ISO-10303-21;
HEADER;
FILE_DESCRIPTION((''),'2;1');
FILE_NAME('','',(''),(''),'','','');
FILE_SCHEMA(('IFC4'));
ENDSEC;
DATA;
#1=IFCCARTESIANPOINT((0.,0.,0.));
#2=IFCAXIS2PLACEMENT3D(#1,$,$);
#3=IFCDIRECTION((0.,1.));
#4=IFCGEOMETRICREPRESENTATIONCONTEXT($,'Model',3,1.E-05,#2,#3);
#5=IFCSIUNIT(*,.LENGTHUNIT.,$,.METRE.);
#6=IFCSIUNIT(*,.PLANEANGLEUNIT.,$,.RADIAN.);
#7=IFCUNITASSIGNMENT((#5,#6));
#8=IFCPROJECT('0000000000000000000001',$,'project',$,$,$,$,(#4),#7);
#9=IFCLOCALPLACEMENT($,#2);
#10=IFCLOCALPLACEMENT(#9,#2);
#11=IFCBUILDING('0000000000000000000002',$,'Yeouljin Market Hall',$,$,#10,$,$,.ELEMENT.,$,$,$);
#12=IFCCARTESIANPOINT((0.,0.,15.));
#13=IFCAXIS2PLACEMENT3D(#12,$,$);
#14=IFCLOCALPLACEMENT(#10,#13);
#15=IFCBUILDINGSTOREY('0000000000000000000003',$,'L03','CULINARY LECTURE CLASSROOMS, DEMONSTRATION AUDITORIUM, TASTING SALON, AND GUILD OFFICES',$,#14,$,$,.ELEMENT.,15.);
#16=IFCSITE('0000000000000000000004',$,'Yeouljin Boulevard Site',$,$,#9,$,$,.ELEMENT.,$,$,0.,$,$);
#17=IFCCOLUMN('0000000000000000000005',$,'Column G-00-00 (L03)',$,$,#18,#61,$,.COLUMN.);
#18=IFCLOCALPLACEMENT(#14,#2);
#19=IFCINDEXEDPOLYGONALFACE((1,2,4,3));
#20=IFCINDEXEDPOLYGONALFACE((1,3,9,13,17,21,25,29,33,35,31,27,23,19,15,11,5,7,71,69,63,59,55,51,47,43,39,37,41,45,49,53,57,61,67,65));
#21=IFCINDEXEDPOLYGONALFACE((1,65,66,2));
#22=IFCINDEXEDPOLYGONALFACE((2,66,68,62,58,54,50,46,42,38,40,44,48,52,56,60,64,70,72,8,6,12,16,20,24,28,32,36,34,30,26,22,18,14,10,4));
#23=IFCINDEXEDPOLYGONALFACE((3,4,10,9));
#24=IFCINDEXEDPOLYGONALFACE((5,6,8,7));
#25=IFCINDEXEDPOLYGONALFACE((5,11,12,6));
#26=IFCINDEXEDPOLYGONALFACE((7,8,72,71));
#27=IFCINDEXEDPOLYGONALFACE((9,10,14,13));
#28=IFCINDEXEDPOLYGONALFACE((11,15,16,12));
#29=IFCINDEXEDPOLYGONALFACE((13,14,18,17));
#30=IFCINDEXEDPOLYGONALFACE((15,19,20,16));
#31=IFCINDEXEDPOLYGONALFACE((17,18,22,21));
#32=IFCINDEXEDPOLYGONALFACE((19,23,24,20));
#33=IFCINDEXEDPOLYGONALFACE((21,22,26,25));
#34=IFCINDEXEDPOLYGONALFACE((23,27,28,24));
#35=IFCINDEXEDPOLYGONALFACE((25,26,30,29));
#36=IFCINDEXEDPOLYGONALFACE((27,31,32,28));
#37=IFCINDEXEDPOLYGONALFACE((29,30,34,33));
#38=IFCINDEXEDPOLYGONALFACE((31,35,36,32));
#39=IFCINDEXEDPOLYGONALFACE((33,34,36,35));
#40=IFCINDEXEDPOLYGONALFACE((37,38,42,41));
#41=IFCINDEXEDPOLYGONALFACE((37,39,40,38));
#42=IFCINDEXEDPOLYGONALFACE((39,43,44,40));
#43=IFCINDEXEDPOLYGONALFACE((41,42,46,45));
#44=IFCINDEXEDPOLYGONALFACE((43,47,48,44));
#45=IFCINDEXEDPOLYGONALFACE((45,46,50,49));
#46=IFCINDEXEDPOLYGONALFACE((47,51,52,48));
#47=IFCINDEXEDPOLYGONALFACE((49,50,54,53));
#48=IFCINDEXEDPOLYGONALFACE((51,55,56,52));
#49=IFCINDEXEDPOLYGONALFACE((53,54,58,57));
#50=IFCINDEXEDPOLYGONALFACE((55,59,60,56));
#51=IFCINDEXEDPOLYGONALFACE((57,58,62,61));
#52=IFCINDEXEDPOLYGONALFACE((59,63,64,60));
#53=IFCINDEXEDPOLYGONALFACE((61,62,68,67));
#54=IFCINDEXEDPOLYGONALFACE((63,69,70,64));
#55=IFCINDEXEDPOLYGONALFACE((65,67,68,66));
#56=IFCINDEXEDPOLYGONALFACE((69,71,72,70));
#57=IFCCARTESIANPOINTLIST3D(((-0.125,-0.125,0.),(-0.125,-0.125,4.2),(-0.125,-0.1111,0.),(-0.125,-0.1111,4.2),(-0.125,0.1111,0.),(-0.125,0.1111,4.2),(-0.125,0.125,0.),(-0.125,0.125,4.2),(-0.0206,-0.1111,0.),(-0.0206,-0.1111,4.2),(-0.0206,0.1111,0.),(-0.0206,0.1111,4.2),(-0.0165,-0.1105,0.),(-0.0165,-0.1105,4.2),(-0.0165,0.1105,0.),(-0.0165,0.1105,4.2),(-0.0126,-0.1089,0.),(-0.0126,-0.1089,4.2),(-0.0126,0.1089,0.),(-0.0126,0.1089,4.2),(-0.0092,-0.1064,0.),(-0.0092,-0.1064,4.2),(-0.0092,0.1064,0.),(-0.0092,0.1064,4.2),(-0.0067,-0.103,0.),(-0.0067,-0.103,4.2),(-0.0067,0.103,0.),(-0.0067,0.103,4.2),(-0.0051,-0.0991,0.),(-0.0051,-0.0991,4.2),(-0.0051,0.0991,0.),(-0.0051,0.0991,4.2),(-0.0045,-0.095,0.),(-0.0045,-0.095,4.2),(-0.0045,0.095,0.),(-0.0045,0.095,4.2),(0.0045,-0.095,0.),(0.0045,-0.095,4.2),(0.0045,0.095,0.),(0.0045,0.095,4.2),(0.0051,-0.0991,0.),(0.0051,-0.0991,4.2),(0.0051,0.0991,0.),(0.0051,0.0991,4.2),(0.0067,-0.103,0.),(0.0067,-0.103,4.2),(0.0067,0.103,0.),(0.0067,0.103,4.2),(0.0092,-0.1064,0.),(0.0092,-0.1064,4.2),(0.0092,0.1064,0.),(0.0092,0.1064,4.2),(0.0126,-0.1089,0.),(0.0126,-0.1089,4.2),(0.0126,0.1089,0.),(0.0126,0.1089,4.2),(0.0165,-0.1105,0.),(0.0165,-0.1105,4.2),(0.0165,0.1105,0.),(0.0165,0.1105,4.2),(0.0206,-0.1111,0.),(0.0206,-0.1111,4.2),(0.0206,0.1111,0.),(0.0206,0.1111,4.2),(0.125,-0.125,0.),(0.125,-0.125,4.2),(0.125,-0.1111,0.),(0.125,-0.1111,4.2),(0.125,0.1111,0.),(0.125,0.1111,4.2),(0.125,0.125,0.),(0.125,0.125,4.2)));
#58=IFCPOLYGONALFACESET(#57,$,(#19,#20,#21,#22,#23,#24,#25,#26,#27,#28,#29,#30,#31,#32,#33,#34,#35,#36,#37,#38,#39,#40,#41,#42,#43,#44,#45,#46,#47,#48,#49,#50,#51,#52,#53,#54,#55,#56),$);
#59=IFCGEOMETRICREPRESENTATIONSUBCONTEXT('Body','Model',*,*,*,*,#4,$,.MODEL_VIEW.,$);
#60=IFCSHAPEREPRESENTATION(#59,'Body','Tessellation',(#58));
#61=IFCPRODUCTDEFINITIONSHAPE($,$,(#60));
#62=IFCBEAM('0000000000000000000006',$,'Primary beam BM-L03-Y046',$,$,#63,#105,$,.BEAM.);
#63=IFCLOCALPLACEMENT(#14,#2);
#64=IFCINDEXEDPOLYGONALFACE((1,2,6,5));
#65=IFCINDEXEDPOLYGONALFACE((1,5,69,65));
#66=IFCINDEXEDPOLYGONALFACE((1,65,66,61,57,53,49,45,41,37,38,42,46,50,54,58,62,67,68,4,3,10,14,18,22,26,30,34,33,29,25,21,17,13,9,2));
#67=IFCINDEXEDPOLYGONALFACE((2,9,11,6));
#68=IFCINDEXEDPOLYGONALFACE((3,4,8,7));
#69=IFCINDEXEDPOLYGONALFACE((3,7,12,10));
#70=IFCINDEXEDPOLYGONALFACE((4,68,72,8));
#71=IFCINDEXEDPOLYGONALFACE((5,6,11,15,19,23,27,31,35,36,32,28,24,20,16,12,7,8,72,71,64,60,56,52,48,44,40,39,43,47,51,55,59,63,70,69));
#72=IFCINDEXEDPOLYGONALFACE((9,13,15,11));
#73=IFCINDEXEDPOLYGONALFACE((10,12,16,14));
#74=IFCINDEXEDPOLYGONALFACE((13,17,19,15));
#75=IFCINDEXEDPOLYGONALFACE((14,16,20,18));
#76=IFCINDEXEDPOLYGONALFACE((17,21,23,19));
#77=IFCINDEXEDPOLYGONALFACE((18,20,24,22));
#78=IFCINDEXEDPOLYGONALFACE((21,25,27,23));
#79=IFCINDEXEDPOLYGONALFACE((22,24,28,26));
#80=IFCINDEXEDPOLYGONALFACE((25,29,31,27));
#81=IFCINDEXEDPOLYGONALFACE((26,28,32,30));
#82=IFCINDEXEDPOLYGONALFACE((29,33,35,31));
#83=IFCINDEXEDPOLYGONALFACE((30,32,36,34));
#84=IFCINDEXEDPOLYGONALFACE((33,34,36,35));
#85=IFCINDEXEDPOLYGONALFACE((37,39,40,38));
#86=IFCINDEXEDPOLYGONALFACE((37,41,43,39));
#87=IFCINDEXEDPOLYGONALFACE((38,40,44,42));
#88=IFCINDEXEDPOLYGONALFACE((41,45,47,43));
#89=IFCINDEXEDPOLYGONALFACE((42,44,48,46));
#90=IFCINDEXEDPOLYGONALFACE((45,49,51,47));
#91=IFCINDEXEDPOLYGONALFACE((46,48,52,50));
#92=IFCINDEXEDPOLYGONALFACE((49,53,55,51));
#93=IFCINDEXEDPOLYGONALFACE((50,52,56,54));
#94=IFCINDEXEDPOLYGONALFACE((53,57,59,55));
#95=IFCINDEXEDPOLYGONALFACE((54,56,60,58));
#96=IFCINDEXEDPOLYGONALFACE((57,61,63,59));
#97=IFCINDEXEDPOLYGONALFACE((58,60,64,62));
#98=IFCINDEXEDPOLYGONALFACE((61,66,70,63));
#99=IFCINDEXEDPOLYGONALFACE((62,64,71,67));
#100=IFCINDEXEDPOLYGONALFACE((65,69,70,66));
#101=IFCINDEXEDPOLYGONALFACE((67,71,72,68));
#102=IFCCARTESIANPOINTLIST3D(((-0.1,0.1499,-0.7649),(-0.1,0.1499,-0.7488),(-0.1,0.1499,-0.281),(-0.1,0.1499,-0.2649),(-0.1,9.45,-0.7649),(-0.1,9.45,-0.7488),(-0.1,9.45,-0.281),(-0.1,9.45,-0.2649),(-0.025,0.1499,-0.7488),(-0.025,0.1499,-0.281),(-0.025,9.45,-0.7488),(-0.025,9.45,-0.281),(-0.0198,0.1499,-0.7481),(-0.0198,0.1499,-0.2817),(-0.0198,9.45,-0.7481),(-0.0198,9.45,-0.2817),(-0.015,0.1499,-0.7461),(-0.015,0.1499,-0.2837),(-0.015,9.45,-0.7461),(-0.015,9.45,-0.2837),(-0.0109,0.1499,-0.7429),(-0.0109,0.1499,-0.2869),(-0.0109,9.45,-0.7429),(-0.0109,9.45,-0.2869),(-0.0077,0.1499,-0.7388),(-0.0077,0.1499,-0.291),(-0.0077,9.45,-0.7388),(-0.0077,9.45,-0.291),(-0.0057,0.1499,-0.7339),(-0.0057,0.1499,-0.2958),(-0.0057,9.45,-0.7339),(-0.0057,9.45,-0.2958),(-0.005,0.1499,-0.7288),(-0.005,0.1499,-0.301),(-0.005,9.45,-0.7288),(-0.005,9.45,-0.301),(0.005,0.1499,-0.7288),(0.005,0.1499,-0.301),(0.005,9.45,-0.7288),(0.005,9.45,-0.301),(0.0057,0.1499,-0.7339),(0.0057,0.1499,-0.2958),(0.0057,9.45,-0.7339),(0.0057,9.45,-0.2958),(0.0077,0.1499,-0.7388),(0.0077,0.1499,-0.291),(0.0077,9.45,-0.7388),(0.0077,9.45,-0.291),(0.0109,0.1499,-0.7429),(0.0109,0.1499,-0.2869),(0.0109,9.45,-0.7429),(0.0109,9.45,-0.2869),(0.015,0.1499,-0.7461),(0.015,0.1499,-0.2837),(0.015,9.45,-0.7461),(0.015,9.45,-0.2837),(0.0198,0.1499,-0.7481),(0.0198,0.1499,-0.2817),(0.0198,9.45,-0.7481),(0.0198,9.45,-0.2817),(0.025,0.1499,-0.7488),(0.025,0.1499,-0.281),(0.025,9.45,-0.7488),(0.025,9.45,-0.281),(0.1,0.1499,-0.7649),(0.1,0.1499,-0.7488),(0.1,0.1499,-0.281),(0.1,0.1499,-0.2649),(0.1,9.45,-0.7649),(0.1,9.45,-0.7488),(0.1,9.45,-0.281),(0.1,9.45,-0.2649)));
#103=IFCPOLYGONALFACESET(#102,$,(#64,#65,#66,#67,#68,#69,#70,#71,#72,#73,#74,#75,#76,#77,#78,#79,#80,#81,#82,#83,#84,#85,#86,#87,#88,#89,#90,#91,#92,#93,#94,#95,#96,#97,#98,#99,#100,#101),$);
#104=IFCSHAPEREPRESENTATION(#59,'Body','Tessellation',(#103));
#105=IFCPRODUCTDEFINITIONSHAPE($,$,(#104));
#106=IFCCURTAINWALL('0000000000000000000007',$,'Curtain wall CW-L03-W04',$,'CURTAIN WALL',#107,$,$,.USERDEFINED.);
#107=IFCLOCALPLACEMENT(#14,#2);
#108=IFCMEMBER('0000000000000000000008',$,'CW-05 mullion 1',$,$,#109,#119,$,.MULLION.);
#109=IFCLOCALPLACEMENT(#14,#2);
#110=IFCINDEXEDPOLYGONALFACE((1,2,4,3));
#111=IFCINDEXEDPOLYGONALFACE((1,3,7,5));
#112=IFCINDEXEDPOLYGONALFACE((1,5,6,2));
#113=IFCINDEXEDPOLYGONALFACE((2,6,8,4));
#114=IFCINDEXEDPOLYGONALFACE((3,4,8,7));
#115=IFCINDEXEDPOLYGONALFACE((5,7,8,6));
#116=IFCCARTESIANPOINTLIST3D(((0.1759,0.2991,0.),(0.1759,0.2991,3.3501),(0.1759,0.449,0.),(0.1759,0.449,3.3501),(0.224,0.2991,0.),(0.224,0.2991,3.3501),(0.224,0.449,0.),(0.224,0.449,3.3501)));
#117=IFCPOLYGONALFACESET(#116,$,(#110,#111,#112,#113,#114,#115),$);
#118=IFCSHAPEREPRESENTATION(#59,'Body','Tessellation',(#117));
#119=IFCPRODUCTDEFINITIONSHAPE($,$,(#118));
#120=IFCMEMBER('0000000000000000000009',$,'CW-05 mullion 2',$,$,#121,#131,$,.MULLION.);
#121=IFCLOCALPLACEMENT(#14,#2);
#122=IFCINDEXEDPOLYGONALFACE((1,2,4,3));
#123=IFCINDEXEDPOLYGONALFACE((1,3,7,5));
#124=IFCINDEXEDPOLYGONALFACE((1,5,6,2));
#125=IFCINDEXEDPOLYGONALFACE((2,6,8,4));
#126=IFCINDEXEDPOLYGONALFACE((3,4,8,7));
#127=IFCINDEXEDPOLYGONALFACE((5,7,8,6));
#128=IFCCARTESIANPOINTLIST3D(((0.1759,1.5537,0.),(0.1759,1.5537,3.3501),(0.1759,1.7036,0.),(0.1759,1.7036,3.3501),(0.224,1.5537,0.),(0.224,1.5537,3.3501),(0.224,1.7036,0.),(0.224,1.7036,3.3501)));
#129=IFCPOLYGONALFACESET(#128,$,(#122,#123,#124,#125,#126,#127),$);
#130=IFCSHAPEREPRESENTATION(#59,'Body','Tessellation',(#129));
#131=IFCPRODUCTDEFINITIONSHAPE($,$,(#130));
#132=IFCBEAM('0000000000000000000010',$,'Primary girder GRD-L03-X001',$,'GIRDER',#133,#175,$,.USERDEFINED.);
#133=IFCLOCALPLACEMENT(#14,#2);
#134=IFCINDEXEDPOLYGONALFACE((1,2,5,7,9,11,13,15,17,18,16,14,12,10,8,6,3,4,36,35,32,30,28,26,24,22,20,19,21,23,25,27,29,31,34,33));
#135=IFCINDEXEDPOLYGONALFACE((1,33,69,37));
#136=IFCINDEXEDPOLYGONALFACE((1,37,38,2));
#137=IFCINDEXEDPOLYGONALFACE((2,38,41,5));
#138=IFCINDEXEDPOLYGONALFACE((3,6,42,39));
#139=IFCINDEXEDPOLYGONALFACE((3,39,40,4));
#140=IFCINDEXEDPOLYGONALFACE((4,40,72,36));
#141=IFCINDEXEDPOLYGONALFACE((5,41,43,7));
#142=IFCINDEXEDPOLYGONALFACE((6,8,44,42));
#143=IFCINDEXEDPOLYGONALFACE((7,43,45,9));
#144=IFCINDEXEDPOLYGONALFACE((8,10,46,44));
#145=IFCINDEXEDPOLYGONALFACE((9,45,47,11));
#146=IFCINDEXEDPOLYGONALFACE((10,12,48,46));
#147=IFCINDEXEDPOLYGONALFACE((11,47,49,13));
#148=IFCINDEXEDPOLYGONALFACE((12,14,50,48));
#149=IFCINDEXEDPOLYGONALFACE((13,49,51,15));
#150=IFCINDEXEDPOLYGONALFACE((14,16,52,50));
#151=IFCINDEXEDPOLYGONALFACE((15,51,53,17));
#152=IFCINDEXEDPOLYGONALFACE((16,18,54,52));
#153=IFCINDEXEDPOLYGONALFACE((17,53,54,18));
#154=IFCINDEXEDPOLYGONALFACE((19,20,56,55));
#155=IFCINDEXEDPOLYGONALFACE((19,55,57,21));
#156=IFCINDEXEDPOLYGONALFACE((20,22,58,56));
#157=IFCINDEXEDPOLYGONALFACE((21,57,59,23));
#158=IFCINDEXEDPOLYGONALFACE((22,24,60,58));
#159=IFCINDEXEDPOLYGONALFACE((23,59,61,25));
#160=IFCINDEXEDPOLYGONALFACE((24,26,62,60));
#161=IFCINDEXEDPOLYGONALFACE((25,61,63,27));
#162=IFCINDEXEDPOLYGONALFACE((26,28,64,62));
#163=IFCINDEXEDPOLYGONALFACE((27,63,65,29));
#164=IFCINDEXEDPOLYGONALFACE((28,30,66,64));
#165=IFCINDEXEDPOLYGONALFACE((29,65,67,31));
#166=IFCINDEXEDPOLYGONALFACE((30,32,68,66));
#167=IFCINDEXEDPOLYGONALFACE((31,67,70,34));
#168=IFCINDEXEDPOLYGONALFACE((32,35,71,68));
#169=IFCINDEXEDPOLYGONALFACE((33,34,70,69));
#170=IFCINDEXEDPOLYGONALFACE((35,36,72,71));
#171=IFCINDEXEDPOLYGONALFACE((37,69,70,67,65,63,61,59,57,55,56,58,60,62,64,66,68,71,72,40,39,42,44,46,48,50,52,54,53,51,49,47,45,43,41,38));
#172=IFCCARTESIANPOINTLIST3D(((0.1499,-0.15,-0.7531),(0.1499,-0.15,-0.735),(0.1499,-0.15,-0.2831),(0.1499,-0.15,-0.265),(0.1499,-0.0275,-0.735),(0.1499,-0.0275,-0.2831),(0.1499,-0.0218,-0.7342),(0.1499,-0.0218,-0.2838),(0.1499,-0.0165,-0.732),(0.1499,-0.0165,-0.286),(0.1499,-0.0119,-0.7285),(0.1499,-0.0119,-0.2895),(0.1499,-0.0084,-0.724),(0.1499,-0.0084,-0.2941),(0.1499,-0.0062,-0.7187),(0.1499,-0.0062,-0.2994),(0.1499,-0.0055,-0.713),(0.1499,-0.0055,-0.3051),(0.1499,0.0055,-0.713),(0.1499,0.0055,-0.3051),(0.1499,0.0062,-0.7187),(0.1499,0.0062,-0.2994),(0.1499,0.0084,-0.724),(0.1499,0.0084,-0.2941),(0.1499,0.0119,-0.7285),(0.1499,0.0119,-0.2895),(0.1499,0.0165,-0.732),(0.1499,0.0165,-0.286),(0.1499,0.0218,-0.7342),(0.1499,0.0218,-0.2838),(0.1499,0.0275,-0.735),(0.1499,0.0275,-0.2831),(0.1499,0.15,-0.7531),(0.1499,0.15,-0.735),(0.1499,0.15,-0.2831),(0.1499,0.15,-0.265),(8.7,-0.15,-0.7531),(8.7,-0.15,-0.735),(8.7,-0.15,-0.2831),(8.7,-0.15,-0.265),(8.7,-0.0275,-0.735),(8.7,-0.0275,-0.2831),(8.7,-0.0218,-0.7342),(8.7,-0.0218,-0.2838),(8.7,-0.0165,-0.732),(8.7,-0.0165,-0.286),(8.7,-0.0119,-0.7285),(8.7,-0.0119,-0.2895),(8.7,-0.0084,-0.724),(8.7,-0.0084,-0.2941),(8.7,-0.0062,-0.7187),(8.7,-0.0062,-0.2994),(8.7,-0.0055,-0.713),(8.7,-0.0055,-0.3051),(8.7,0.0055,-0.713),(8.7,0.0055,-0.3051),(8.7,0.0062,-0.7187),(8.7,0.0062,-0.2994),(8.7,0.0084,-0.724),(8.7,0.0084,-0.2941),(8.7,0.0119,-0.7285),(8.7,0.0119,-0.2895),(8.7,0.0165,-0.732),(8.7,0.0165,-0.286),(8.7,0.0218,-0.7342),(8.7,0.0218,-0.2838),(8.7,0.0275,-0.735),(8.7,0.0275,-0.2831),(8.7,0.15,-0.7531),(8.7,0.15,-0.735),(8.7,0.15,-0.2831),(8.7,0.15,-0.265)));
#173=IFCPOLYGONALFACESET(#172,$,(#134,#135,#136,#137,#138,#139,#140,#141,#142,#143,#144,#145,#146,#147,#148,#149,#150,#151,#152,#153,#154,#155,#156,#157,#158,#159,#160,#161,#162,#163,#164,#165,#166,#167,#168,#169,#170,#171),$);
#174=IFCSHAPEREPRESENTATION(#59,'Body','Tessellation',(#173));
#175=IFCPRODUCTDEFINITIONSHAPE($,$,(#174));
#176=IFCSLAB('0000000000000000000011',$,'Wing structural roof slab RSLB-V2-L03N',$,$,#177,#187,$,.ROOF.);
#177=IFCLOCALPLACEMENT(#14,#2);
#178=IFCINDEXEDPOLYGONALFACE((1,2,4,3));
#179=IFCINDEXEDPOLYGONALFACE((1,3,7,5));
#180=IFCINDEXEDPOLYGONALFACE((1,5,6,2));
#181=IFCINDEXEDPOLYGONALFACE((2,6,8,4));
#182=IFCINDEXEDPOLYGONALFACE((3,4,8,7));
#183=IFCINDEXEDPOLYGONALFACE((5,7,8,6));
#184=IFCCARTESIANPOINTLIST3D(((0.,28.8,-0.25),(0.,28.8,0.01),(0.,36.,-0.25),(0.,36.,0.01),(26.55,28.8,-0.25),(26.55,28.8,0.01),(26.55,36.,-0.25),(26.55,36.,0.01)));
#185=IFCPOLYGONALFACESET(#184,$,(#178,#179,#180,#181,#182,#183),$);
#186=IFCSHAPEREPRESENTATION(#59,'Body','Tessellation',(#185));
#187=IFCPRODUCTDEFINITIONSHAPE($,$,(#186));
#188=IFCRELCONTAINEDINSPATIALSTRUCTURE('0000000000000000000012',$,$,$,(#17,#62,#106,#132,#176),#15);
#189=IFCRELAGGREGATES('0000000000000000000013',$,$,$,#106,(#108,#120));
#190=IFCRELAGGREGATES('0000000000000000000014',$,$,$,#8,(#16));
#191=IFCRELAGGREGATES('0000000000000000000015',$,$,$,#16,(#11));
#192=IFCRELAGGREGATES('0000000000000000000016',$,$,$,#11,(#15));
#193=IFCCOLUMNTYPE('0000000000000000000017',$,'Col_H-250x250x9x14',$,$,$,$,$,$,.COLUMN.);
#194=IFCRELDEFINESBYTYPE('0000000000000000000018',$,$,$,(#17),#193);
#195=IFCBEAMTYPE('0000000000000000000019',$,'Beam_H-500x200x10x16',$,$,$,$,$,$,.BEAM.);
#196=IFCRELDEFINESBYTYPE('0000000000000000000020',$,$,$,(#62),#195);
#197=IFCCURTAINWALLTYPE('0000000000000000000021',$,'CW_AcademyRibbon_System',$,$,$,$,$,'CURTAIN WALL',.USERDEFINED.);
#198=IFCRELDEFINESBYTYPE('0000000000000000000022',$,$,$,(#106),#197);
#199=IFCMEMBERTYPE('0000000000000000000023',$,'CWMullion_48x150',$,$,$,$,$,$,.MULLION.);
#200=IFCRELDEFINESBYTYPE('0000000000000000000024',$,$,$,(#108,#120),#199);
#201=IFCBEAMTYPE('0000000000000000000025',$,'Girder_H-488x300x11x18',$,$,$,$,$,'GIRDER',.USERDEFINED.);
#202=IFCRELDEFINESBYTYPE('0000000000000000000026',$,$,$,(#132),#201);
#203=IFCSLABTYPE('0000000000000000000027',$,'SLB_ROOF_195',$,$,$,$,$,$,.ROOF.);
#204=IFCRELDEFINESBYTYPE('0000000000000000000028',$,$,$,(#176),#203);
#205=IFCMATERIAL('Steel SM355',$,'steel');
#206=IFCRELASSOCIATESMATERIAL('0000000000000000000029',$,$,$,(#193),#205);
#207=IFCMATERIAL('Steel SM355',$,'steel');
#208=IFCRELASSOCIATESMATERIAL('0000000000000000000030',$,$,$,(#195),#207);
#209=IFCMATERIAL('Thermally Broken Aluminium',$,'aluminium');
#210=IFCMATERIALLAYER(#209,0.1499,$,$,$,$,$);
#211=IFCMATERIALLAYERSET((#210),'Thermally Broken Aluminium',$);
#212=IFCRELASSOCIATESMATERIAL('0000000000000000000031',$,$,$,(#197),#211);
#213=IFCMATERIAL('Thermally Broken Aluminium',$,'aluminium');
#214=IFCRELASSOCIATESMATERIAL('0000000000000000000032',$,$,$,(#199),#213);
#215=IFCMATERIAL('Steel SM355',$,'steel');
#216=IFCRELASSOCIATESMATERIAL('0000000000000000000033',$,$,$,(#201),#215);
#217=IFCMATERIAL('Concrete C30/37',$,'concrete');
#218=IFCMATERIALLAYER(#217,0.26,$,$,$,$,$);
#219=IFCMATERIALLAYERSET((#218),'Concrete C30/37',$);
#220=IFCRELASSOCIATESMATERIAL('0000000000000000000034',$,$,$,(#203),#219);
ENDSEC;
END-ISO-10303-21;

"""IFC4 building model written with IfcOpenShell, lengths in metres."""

from ifc_helpers import new_model, si_unit, direction, frame, origin, origin_with_axes, origin_2d, place, context, subcontext, project, spatial, polyline, rectangle, i_section, outline, extrude, material, layer, layer_set, material_profile, profile_set, type_object, element, aggregate, save


model = new_model("IFC4")

# Units and contexts
model_context = context("Model", 3, precision=1e-05, world=origin(), true_north=direction((0.0, 1.0)))
body_context = subcontext(model_context, "Body", "Model", "MODEL_VIEW")
ifc_project = project(units=[si_unit("LENGTHUNIT", "METRE"), si_unit("PLANEANGLEUNIT", "RADIAN")], contexts=[model_context])

# Site, building, storey
site_placement = place(None, origin())
site = spatial("IfcSite", under=ifc_project, at=site_placement, Name="Yeouljin Boulevard Site", CompositionType="ELEMENT", RefElevation=0.0)
building_placement = place(site_placement, origin())
building = spatial("IfcBuilding", under=site, at=building_placement, Name="Yeouljin Market Hall", CompositionType="ELEMENT")
storey_placement = place(building_placement, frame((0.0, 0.0, 15.0)))
storey = spatial("IfcBuildingStorey", under=building, at=storey_placement, Name="L03", Description="CULINARY LECTURE CLASSROOMS, DEMONSTRATION AUDITORIUM, TASTING SALON, AND GUILD OFFICES", CompositionType="ELEMENT", Elevation=15.0)

# Column
ifc_material_1 = material(Name="Steel SM355", Category="steel")
ifc_material_profile_1 = material_profile(ifc_material_1, i_section(OverallWidth=0.25, OverallDepth=0.25, WebThickness=0.009, FlangeThickness=0.0139, FilletRadius=0.0161, at=origin_2d()), Name="H-250x250x9x14")
ifc_profile_set_1 = profile_set([ifc_material_profile_1], Name="Steel SM355")
column_type = type_object("IfcColumnType", Name="Col_H-250x250x9x14", PredefinedType="COLUMN", material=ifc_profile_set_1)
column_placement = place(storey_placement, origin_with_axes())
element("IfcColumn", 1, at=column_placement, inside=storey, type_object=column_type, Name="Column G-00-00 (L03)", PredefinedType="COLUMN", context=body_context, shape_type="SweptSolid", body=[
    extrude(i_section(OverallWidth=0.25, OverallDepth=0.25, WebThickness=0.009, FlangeThickness=0.0139, FilletRadius=0.0161, at=origin_2d()), origin(), (0.0, 0.0, 1.0), 4.2),
])

# Beam
ifc_material_2 = material(Name="Steel SM355", Category="steel")
ifc_material_profile_2 = material_profile(ifc_material_2, i_section(OverallWidth=0.2, OverallDepth=0.5, WebThickness=0.01, FlangeThickness=0.0161, FilletRadius=0.02, at=origin_2d()), Name="H-500x200x10x16")
ifc_profile_set_2 = profile_set([ifc_material_profile_2], Name="Steel SM355")
beam_type_1 = type_object("IfcBeamType", Name="Beam_H-500x200x10x16", PredefinedType="BEAM", material=ifc_profile_set_2)
beam_1_placement = place(storey_placement, frame((0.0, 0.1499, -0.5149), z_axis=(0.0, 1.0, 0.0), x_axis=(-1.0, 0.0, 0.0)))
element("IfcBeam", 2, at=beam_1_placement, inside=storey, type_object=beam_type_1, Name="Primary beam BM-L03-Y046", PredefinedType="BEAM", context=body_context, shape_type="SweptSolid", body=[
    extrude(i_section(OverallWidth=0.2, OverallDepth=0.5, WebThickness=0.01, FlangeThickness=0.0161, FilletRadius=0.02, at=origin_2d()), origin(), (0.0, 0.0, 1.0), 9.3),
])

# Curtain wall, members
ifc_material_3 = material(Name="Thermally Broken Aluminium", Category="aluminium")
ifc_layer_1 = layer(ifc_material_3, 0.1499)
ifc_layer_set_1 = layer_set([ifc_layer_1], Name="Thermally Broken Aluminium")
curtain_wall_type = type_object("IfcCurtainWallType", Name="CW_AcademyRibbon_System", ElementType="CURTAIN WALL", PredefinedType="USERDEFINED", material=ifc_layer_set_1)
curtain_wall_placement = place(storey_placement, origin())
curtain_wall = element("IfcCurtainWall", 3, at=curtain_wall_placement, inside=storey, type_object=curtain_wall_type, Name="Curtain wall CW-L03-W04", ObjectType="CURTAIN WALL", PredefinedType="USERDEFINED")
ifc_material_4 = material(Name="Thermally Broken Aluminium", Category="aluminium")
ifc_material_profile_3 = material_profile(ifc_material_4, rectangle(XDim=0.0481, YDim=0.1499, at=origin_2d()), Name="CW-MULL-48x150")
ifc_profile_set_3 = profile_set([ifc_material_profile_3], Name="Thermally Broken Aluminium")
member_type = type_object("IfcMemberType", Name="CWMullion_48x150", PredefinedType="MULLION", material=ifc_profile_set_3)
member_1_placement = place(storey_placement, frame((0.2, 0.374, 0.0), z_axis=(0.0, 0.0, 1.0), x_axis=(-1.0, 0.0, 0.0)))
member_1 = element("IfcMember", 4, at=member_1_placement, type_object=member_type, Name="CW-05 mullion 1", PredefinedType="MULLION", context=body_context, shape_type="SweptSolid", body=[
    extrude(rectangle(XDim=0.0481, YDim=0.1499, at=origin_2d()), origin(), (0.0, 0.0, 1.0), 3.3501),
])
member_2_placement = place(storey_placement, frame((0.2, 1.6287, 0.0), z_axis=(0.0, 0.0, 1.0), x_axis=(-1.0, 0.0, 0.0)))
member_2 = element("IfcMember", 5, at=member_2_placement, type_object=member_type, Name="CW-05 mullion 2", PredefinedType="MULLION", context=body_context, shape_type="SweptSolid", body=[
    extrude(rectangle(XDim=0.0481, YDim=0.1499, at=origin_2d()), origin(), (0.0, 0.0, 1.0), 3.3501),
])
aggregate(curtain_wall, [member_1, member_2])

# Beam
ifc_material_5 = material(Name="Steel SM355", Category="steel")
ifc_material_profile_4 = material_profile(ifc_material_5, i_section(OverallWidth=0.3, OverallDepth=0.488, WebThickness=0.011, FlangeThickness=0.0181, FilletRadius=0.022, at=origin_2d()), Name="H-488x300x11x18")
ifc_profile_set_4 = profile_set([ifc_material_profile_4], Name="Steel SM355")
beam_type_2 = type_object("IfcBeamType", Name="Girder_H-488x300x11x18", ElementType="GIRDER", PredefinedType="USERDEFINED", material=ifc_profile_set_4)
beam_2_placement = place(storey_placement, frame((0.1499, 0.0, -0.509), z_axis=(1.0, 0.0, 0.0), x_axis=(0.0, 1.0, 0.0)))
element("IfcBeam", 6, at=beam_2_placement, inside=storey, type_object=beam_type_2, Name="Primary girder GRD-L03-X001", ObjectType="GIRDER", PredefinedType="USERDEFINED", context=body_context, shape_type="SweptSolid", body=[
    extrude(i_section(OverallWidth=0.3, OverallDepth=0.488, WebThickness=0.011, FlangeThickness=0.0181, FilletRadius=0.022, at=origin_2d()), origin(), (0.0, 0.0, 1.0), 8.55),
])

# Slab
ifc_material_6 = material(Name="Concrete C30/37", Category="concrete")
ifc_layer_2 = layer(ifc_material_6, 0.26)
ifc_layer_set_2 = layer_set([ifc_layer_2], Name="Concrete C30/37")
slab_type_1 = type_object("IfcSlabType", Name="SLB_ROOF_195", PredefinedType="ROOF", material=ifc_layer_set_2)
slab_1_placement = place(storey_placement, frame((0.0, 0.0, -0.25)))
element("IfcSlab", 7, at=slab_1_placement, inside=storey, type_object=slab_type_1, Name="Wing structural roof slab RSLB-V2-L03N", PredefinedType="ROOF", context=body_context, shape_type="SweptSolid", body=[
    extrude(outline(polyline([(0.0, 28.8), (26.55, 28.8), (26.55, 36.0), (0.0, 36.0), (0.0, 28.8)])), origin(), (0.0, 0.0, 1.0), 0.26),
])

save(model, "model.ifc")
